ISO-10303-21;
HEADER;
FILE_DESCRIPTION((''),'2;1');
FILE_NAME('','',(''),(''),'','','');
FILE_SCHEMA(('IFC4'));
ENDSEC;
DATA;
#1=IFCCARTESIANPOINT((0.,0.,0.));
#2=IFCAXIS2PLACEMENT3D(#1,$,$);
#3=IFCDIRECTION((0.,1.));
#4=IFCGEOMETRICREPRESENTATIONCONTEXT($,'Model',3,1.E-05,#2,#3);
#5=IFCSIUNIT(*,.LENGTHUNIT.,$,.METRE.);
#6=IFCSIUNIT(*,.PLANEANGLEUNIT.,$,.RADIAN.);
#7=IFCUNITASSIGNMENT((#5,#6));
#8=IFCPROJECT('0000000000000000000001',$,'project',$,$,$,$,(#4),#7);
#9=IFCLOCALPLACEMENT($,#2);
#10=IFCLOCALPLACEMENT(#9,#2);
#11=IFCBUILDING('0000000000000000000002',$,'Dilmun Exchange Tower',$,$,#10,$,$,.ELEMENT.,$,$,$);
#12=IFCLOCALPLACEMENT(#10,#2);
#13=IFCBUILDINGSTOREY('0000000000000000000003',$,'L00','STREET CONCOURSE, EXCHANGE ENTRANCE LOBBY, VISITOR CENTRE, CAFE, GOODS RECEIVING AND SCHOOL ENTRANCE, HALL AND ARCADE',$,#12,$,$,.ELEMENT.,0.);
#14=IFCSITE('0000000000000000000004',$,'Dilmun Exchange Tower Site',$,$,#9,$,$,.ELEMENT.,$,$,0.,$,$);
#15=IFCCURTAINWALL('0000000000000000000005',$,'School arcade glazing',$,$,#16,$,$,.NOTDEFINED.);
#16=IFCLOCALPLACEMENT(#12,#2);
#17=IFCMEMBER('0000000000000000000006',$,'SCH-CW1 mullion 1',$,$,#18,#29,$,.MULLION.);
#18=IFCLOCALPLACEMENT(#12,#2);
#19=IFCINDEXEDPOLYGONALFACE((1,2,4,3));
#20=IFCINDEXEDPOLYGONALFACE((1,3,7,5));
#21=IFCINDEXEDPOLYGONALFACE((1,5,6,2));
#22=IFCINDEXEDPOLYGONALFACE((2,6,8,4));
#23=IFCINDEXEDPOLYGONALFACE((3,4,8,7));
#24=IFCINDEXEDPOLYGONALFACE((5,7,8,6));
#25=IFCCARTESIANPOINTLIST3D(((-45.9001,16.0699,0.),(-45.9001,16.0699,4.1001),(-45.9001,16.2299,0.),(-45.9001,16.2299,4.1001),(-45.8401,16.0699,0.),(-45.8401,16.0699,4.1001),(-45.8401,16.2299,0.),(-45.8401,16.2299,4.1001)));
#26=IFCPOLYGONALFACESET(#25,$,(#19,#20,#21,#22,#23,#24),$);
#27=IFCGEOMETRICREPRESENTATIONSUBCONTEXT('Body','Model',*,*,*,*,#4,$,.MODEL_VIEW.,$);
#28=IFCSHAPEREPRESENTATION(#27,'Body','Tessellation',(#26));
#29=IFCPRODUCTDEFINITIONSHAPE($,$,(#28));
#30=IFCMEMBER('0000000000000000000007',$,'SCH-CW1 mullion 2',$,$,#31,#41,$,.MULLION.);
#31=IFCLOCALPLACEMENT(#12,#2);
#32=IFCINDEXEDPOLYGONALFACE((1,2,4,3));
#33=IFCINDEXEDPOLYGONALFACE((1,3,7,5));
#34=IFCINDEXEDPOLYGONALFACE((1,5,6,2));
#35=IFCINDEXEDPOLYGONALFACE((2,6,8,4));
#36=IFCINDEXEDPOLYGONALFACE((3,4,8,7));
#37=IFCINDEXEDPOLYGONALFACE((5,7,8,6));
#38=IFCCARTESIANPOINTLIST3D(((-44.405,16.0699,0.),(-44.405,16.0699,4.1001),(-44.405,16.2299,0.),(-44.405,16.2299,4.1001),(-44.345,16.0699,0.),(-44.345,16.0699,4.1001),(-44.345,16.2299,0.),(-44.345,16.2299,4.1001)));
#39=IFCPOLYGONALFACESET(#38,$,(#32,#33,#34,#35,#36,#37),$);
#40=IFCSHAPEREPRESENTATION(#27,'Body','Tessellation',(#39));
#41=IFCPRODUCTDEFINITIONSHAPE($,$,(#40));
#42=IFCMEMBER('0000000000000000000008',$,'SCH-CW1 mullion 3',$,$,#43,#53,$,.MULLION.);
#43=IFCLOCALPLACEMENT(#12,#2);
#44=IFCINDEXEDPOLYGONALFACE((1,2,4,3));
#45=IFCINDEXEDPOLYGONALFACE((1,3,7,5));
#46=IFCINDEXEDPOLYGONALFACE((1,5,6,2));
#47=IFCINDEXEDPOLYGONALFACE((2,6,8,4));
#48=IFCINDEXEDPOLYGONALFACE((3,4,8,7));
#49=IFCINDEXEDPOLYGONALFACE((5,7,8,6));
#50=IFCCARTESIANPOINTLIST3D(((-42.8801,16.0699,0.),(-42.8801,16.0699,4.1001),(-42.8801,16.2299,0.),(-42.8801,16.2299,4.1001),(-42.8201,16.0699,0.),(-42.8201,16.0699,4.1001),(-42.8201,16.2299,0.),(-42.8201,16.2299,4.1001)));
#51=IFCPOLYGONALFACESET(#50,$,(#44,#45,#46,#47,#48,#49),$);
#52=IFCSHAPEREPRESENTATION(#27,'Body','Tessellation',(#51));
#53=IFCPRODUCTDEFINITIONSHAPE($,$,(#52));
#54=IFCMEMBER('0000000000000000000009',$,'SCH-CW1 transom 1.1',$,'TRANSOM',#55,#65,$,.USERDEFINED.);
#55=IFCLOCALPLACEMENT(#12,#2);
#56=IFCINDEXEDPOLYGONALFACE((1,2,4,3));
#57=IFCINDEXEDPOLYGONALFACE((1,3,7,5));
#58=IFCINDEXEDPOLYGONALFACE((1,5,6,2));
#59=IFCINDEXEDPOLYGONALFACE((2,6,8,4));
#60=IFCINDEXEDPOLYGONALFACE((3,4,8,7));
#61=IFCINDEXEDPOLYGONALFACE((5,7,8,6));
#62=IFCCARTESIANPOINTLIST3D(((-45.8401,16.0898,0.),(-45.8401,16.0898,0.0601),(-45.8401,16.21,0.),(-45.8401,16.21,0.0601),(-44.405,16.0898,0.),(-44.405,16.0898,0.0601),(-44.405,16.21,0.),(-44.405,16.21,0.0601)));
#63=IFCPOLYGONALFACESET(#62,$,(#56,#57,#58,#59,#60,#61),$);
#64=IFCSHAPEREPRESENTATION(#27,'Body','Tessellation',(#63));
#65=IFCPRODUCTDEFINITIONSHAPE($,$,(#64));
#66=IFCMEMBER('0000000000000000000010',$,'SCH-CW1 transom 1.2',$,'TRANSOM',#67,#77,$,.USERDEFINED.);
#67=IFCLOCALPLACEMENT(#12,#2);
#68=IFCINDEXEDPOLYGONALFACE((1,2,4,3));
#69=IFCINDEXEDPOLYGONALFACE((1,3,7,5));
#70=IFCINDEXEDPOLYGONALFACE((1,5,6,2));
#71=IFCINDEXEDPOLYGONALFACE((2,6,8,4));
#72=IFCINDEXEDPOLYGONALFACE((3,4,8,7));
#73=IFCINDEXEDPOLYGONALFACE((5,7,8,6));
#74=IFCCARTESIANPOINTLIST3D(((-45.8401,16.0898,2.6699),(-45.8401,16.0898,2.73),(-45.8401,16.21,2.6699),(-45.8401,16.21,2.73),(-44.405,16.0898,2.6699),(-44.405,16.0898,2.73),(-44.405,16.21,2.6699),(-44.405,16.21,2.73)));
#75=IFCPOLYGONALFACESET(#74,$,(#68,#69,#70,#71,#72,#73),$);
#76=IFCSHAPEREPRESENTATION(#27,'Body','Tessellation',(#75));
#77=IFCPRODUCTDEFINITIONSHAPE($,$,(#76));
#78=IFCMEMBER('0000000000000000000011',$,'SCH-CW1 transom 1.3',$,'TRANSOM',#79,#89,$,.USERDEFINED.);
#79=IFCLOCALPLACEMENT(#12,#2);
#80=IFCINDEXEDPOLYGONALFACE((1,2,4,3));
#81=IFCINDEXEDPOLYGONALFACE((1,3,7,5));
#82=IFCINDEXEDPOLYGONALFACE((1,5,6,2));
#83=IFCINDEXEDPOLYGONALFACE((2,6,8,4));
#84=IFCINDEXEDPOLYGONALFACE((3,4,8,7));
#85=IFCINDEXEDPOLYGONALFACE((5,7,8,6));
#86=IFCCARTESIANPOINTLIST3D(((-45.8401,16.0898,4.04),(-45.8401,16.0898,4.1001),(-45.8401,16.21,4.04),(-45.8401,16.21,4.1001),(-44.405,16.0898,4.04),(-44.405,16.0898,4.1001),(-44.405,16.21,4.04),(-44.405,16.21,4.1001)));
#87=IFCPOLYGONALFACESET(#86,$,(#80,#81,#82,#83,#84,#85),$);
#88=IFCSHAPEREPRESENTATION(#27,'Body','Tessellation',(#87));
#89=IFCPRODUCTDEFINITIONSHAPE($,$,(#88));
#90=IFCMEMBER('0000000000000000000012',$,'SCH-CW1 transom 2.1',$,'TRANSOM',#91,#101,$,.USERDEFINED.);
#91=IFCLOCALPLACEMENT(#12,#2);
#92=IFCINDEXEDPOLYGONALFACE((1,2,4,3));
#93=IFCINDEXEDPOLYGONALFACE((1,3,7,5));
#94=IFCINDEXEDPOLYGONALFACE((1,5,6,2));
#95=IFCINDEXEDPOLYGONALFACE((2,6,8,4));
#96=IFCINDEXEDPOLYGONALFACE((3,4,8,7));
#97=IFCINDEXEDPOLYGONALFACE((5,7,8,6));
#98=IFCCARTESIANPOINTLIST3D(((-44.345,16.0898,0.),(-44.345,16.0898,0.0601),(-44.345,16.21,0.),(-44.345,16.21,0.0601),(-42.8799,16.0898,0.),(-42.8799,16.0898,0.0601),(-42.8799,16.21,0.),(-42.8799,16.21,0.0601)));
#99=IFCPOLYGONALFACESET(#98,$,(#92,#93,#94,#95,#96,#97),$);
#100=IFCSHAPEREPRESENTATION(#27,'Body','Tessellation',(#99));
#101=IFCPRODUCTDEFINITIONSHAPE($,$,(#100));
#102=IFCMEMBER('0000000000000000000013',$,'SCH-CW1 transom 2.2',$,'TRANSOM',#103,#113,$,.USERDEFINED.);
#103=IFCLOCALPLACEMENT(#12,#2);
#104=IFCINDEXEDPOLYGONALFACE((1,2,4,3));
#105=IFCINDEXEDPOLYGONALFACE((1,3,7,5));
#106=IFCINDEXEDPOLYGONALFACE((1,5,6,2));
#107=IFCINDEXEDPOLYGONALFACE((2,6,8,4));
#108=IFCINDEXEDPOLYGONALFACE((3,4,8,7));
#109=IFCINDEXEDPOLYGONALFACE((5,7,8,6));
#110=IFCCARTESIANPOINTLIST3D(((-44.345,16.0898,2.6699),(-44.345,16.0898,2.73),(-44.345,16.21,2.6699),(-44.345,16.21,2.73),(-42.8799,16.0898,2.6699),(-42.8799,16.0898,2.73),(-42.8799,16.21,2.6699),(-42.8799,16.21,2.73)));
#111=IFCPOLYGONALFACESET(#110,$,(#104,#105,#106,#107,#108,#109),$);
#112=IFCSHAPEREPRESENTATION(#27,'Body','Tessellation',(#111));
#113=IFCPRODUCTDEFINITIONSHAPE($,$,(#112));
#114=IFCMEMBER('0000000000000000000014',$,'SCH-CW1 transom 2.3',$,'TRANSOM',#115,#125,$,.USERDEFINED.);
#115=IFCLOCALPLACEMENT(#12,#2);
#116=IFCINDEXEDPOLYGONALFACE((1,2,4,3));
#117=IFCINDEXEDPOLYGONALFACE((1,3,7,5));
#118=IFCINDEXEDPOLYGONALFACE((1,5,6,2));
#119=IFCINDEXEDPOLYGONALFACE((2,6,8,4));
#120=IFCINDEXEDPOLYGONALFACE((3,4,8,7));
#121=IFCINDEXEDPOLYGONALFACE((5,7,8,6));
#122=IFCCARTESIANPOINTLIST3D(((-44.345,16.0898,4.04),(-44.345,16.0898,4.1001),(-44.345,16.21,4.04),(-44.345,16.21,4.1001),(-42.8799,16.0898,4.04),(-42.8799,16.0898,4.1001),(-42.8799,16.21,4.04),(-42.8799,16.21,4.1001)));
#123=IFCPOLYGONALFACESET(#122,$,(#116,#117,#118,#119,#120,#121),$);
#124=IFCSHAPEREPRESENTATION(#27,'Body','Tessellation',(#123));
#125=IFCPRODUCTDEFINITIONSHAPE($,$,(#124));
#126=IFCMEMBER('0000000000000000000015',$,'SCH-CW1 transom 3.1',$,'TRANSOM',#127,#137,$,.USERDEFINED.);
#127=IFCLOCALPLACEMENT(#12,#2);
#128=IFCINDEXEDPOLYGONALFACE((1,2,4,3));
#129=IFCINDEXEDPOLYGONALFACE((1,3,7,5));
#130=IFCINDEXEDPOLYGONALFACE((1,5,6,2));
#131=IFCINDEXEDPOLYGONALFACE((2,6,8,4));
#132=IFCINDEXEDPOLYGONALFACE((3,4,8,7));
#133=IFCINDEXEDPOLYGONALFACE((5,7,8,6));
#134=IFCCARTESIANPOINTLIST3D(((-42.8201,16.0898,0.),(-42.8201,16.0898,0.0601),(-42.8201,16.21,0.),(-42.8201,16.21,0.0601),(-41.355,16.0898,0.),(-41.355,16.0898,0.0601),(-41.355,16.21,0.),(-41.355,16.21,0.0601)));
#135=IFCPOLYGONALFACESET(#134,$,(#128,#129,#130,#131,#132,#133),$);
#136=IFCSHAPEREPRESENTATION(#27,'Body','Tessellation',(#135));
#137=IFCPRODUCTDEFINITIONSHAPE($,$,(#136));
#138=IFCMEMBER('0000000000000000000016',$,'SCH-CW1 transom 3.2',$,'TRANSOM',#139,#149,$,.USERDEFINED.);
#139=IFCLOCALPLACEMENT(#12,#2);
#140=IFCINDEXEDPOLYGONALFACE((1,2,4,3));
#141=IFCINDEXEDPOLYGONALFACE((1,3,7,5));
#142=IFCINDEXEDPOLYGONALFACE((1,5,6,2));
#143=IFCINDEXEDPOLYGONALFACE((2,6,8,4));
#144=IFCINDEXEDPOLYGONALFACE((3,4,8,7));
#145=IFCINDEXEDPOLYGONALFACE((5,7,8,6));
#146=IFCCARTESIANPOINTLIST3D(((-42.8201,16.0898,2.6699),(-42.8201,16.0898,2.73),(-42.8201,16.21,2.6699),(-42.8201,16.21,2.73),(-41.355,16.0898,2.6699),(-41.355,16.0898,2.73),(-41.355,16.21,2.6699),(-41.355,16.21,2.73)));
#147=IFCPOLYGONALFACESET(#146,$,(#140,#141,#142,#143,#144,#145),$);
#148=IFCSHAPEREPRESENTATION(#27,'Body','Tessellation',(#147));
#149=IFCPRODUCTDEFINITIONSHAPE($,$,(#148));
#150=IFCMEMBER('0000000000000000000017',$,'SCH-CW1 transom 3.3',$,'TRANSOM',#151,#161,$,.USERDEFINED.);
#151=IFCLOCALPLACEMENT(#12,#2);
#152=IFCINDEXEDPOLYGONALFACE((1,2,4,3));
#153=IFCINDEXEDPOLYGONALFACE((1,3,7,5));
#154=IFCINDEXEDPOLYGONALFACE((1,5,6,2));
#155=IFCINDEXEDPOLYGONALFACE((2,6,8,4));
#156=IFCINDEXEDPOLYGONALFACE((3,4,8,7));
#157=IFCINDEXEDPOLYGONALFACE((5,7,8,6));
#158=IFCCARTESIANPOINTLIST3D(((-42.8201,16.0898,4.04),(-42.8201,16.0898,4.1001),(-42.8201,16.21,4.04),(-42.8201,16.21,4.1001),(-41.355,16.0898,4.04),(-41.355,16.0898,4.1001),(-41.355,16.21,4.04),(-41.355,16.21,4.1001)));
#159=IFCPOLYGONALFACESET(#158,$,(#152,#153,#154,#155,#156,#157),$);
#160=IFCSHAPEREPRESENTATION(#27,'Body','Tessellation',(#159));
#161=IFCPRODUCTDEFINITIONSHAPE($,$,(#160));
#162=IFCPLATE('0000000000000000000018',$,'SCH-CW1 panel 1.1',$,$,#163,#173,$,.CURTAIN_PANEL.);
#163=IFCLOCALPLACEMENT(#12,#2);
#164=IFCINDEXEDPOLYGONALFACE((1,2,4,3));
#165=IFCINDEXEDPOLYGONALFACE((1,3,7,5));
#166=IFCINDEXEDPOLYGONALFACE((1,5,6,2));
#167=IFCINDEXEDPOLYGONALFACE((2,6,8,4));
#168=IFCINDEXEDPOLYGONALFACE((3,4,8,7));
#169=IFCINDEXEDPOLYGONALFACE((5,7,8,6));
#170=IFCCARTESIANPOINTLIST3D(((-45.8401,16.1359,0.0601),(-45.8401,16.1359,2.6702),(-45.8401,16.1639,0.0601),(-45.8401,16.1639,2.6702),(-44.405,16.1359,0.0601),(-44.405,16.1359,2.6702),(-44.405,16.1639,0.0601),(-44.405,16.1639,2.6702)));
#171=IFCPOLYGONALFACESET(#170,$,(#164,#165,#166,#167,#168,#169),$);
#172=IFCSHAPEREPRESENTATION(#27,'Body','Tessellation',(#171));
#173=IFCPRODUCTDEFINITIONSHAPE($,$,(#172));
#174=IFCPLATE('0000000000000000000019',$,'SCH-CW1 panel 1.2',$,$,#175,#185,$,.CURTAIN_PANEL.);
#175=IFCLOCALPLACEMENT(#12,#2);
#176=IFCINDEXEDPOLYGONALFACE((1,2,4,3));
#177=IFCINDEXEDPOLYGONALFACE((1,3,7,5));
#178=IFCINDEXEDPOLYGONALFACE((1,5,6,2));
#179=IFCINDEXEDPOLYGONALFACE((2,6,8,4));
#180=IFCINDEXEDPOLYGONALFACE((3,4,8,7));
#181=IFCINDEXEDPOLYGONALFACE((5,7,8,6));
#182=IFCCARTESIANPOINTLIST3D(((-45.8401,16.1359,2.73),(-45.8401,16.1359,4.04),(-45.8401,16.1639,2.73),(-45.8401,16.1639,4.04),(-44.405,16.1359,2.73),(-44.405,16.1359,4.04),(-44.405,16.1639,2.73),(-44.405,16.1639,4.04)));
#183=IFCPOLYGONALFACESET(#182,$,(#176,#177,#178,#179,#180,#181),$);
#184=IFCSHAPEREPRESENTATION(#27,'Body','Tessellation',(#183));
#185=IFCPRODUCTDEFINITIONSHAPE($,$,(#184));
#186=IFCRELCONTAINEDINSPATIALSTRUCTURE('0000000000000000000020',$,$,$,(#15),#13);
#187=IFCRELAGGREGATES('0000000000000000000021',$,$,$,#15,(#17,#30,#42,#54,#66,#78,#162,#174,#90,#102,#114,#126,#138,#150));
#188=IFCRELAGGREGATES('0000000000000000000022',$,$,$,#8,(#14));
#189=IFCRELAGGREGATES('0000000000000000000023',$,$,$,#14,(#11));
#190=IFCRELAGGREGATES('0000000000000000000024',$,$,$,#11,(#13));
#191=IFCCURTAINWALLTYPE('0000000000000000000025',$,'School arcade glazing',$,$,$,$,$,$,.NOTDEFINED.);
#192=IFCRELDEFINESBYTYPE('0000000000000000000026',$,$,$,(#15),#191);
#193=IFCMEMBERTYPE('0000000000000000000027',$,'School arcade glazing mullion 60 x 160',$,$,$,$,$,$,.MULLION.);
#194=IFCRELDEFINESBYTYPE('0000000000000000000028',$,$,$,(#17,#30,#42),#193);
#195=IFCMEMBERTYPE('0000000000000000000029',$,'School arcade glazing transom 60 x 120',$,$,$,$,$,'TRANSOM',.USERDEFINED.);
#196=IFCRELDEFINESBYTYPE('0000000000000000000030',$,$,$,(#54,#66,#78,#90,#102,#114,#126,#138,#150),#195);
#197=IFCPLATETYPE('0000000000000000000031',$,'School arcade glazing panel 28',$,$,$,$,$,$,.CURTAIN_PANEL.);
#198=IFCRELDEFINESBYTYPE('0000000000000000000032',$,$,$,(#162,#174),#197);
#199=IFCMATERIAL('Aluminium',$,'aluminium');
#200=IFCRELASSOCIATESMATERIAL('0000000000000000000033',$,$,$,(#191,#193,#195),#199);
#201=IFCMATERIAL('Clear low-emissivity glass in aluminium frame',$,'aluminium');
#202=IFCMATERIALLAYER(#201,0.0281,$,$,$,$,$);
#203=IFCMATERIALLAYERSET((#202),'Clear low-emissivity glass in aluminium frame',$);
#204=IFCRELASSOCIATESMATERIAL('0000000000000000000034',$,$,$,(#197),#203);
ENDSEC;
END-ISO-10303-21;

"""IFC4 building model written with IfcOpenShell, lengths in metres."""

from ifc_helpers import new_model, si_unit, direction, frame, origin, origin_2d, place, context, subcontext, project, spatial, rectangle, extrude, material, layer, layer_set, material_profile, profile_set, type_object, element, aggregate, save


model = new_model("IFC4")

# Units and contexts
model_context = context("Model", 3, precision=1e-05, world=origin(), true_north=direction((0.0, 1.0)))
body_context = subcontext(model_context, "Body", "Model", "MODEL_VIEW")
ifc_project = project(units=[si_unit("LENGTHUNIT", "METRE"), si_unit("PLANEANGLEUNIT", "RADIAN")], contexts=[model_context])

# Site, building, storey
site_placement = place(None, origin())
site = spatial("IfcSite", under=ifc_project, at=site_placement, Name="Dilmun Exchange Tower Site", CompositionType="ELEMENT", RefElevation=0.0)
building_placement = place(site_placement, origin())
building = spatial("IfcBuilding", under=site, at=building_placement, Name="Dilmun Exchange Tower", CompositionType="ELEMENT")
storey_placement = place(building_placement, origin())
storey = spatial("IfcBuildingStorey", under=building, at=storey_placement, Name="L00", Description="STREET CONCOURSE, EXCHANGE ENTRANCE LOBBY, VISITOR CENTRE, CAFE, GOODS RECEIVING AND SCHOOL ENTRANCE, HALL AND ARCADE", CompositionType="ELEMENT", Elevation=0.0)

# Curtain wall, members, plates
ifc_material_1 = material(Name="Aluminium", Category="aluminium")
curtain_wall_type = type_object("IfcCurtainWallType", Name="School arcade glazing", PredefinedType="NOTDEFINED", material=ifc_material_1)
curtain_wall_placement = place(storey_placement, origin())
curtain_wall = element("IfcCurtainWall", 1, at=curtain_wall_placement, inside=storey, type_object=curtain_wall_type, Name="School arcade glazing", PredefinedType="NOTDEFINED")
ifc_material_profile_1 = material_profile(ifc_material_1, rectangle(XDim=0.1599, YDim=0.0601, at=origin_2d()), Name="60 x 160")
ifc_profile_set_1 = profile_set([ifc_material_profile_1], Name="Aluminium")
member_type_1 = type_object("IfcMemberType", Name="School arcade glazing mullion 60 x 160", PredefinedType="MULLION", material=ifc_profile_set_1)
member_1_placement = place(storey_placement, frame((-45.8701, 16.1499, 0.0), z_axis=(0.0, 0.0, 1.0), x_axis=(0.0, 1.0, 0.0)))
member_1 = element("IfcMember", 2, at=member_1_placement, type_object=member_type_1, Name="SCH-CW1 mullion 1", PredefinedType="MULLION", context=body_context, shape_type="SweptSolid", body=[
    extrude(rectangle(XDim=0.1599, YDim=0.0601, at=origin_2d()), origin(), (0.0, 0.0, 1.0), 4.1001),
])
member_2_placement = place(storey_placement, frame((-44.375, 16.1499, 0.0), z_axis=(0.0, 0.0, 1.0), x_axis=(0.0, 1.0, 0.0)))
member_2 = element("IfcMember", 3, at=member_2_placement, type_object=member_type_1, Name="SCH-CW1 mullion 2", PredefinedType="MULLION", context=body_context, shape_type="SweptSolid", body=[
    extrude(rectangle(XDim=0.1599, YDim=0.0601, at=origin_2d()), origin(), (0.0, 0.0, 1.0), 4.1001),
])
member_3_placement = place(storey_placement, frame((-42.8501, 16.1499, 0.0), z_axis=(0.0, 0.0, 1.0), x_axis=(0.0, 1.0, 0.0)))
member_3 = element("IfcMember", 4, at=member_3_placement, type_object=member_type_1, Name="SCH-CW1 mullion 3", PredefinedType="MULLION", context=body_context, shape_type="SweptSolid", body=[
    extrude(rectangle(XDim=0.1599, YDim=0.0601, at=origin_2d()), origin(), (0.0, 0.0, 1.0), 4.1001),
])
ifc_material_profile_2 = material_profile(ifc_material_1, rectangle(XDim=0.1201, YDim=0.0601, at=origin_2d()), Name="60 x 120")
ifc_profile_set_2 = profile_set([ifc_material_profile_2], Name="Aluminium")
member_type_2 = type_object("IfcMemberType", Name="School arcade glazing transom 60 x 120", ElementType="TRANSOM", PredefinedType="USERDEFINED", material=ifc_profile_set_2)
member_4_placement = place(storey_placement, frame((-45.8401, 16.1499, 0.03), z_axis=(1.0, 0.0, 0.0), x_axis=(0.0, 1.0, 0.0)))
member_4 = element("IfcMember", 5, at=member_4_placement, type_object=member_type_2, Name="SCH-CW1 transom 1.1", ObjectType="TRANSOM", PredefinedType="USERDEFINED", context=body_context, shape_type="SweptSolid", body=[
    extrude(rectangle(XDim=0.1201, YDim=0.0601, at=origin_2d()), origin(), (0.0, 0.0, 1.0), 1.4351),
])
member_5_placement = place(storey_placement, frame((-45.8401, 16.1499, 2.7), z_axis=(1.0, 0.0, 0.0), x_axis=(0.0, 1.0, 0.0)))
member_5 = element("IfcMember", 6, at=member_5_placement, type_object=member_type_2, Name="SCH-CW1 transom 1.2", ObjectType="TRANSOM", PredefinedType="USERDEFINED", context=body_context, shape_type="SweptSolid", body=[
    extrude(rectangle(XDim=0.1201, YDim=0.0601, at=origin_2d()), origin(), (0.0, 0.0, 1.0), 1.4351),
])
member_6_placement = place(storey_placement, frame((-45.8401, 16.1499, 4.0701), z_axis=(1.0, 0.0, 0.0), x_axis=(0.0, 1.0, 0.0)))
member_6 = element("IfcMember", 7, at=member_6_placement, type_object=member_type_2, Name="SCH-CW1 transom 1.3", ObjectType="TRANSOM", PredefinedType="USERDEFINED", context=body_context, shape_type="SweptSolid", body=[
    extrude(rectangle(XDim=0.1201, YDim=0.0601, at=origin_2d()), origin(), (0.0, 0.0, 1.0), 1.4351),
])
member_7_placement = place(storey_placement, frame((-44.345, 16.1499, 0.03), z_axis=(1.0, 0.0, 0.0), x_axis=(0.0, 1.0, 0.0)))
member_7 = element("IfcMember", 8, at=member_7_placement, type_object=member_type_2, Name="SCH-CW1 transom 2.1", ObjectType="TRANSOM", PredefinedType="USERDEFINED", context=body_context, shape_type="SweptSolid", body=[
    extrude(rectangle(XDim=0.1201, YDim=0.0601, at=origin_2d()), origin(), (0.0, 0.0, 1.0), 1.4651),
])
member_8_placement = place(storey_placement, frame((-44.345, 16.1499, 2.7), z_axis=(1.0, 0.0, 0.0), x_axis=(0.0, 1.0, 0.0)))
member_8 = element("IfcMember", 9, at=member_8_placement, type_object=member_type_2, Name="SCH-CW1 transom 2.2", ObjectType="TRANSOM", PredefinedType="USERDEFINED", context=body_context, shape_type="SweptSolid", body=[
    extrude(rectangle(XDim=0.1201, YDim=0.0601, at=origin_2d()), origin(), (0.0, 0.0, 1.0), 1.4651),
])
member_9_placement = place(storey_placement, frame((-44.345, 16.1499, 4.0701), z_axis=(1.0, 0.0, 0.0), x_axis=(0.0, 1.0, 0.0)))
member_9 = element("IfcMember", 10, at=member_9_placement, type_object=member_type_2, Name="SCH-CW1 transom 2.3", ObjectType="TRANSOM", PredefinedType="USERDEFINED", context=body_context, shape_type="SweptSolid", body=[
    extrude(rectangle(XDim=0.1201, YDim=0.0601, at=origin_2d()), origin(), (0.0, 0.0, 1.0), 1.4651),
])
member_10_placement = place(storey_placement, frame((-42.8201, 16.1499, 0.03), z_axis=(1.0, 0.0, 0.0), x_axis=(0.0, 1.0, 0.0)))
member_10 = element("IfcMember", 11, at=member_10_placement, type_object=member_type_2, Name="SCH-CW1 transom 3.1", ObjectType="TRANSOM", PredefinedType="USERDEFINED", context=body_context, shape_type="SweptSolid", body=[
    extrude(rectangle(XDim=0.1201, YDim=0.0601, at=origin_2d()), origin(), (0.0, 0.0, 1.0), 1.4651),
])
member_11_placement = place(storey_placement, frame((-42.8201, 16.1499, 2.7), z_axis=(1.0, 0.0, 0.0), x_axis=(0.0, 1.0, 0.0)))
member_11 = element("IfcMember", 12, at=member_11_placement, type_object=member_type_2, Name="SCH-CW1 transom 3.2", ObjectType="TRANSOM", PredefinedType="USERDEFINED", context=body_context, shape_type="SweptSolid", body=[
    extrude(rectangle(XDim=0.1201, YDim=0.0601, at=origin_2d()), origin(), (0.0, 0.0, 1.0), 1.4651),
])
member_12_placement = place(storey_placement, frame((-42.8201, 16.1499, 4.0701), z_axis=(1.0, 0.0, 0.0), x_axis=(0.0, 1.0, 0.0)))
member_12 = element("IfcMember", 13, at=member_12_placement, type_object=member_type_2, Name="SCH-CW1 transom 3.3", ObjectType="TRANSOM", PredefinedType="USERDEFINED", context=body_context, shape_type="SweptSolid", body=[
    extrude(rectangle(XDim=0.1201, YDim=0.0601, at=origin_2d()), origin(), (0.0, 0.0, 1.0), 1.4651),
])
ifc_material_2 = material(Name="Clear low-emissivity glass in aluminium frame", Category="aluminium")
ifc_layer_1 = layer(ifc_material_2, 0.0281)
ifc_layer_set_1 = layer_set([ifc_layer_1], Name="Clear low-emissivity glass in aluminium frame")
plate_type = type_object("IfcPlateType", Name="School arcade glazing panel 28", PredefinedType="CURTAIN_PANEL", material=ifc_layer_set_1)
plate_1_placement = place(storey_placement, frame((-45.1226, 16.1499, 0.0601), z_axis=(0.0, 0.0, 1.0), x_axis=(1.0, 0.0, 0.0)))
plate_1 = element("IfcPlate", 14, at=plate_1_placement, type_object=plate_type, Name="SCH-CW1 panel 1.1", PredefinedType="CURTAIN_PANEL", context=body_context, shape_type="SweptSolid", body=[
    extrude(rectangle(XDim=1.4351, YDim=0.0281, at=origin_2d()), origin(), (0.0, 0.0, 1.0), 2.6101),
])
plate_2_placement = place(storey_placement, frame((-45.1226, 16.1499, 2.73), z_axis=(0.0, 0.0, 1.0), x_axis=(1.0, 0.0, 0.0)))
plate_2 = element("IfcPlate", 15, at=plate_2_placement, type_object=plate_type, Name="SCH-CW1 panel 1.2", PredefinedType="CURTAIN_PANEL", context=body_context, shape_type="SweptSolid", body=[
    extrude(rectangle(XDim=1.4351, YDim=0.0281, at=origin_2d()), origin(), (0.0, 0.0, 1.0), 1.3101),
])
aggregate(curtain_wall, [member_1, member_2, member_3, member_4, member_5, member_6, plate_1, plate_2, member_7, member_8, member_9, member_10, member_11, member_12])

save(model, "model.ifc")
